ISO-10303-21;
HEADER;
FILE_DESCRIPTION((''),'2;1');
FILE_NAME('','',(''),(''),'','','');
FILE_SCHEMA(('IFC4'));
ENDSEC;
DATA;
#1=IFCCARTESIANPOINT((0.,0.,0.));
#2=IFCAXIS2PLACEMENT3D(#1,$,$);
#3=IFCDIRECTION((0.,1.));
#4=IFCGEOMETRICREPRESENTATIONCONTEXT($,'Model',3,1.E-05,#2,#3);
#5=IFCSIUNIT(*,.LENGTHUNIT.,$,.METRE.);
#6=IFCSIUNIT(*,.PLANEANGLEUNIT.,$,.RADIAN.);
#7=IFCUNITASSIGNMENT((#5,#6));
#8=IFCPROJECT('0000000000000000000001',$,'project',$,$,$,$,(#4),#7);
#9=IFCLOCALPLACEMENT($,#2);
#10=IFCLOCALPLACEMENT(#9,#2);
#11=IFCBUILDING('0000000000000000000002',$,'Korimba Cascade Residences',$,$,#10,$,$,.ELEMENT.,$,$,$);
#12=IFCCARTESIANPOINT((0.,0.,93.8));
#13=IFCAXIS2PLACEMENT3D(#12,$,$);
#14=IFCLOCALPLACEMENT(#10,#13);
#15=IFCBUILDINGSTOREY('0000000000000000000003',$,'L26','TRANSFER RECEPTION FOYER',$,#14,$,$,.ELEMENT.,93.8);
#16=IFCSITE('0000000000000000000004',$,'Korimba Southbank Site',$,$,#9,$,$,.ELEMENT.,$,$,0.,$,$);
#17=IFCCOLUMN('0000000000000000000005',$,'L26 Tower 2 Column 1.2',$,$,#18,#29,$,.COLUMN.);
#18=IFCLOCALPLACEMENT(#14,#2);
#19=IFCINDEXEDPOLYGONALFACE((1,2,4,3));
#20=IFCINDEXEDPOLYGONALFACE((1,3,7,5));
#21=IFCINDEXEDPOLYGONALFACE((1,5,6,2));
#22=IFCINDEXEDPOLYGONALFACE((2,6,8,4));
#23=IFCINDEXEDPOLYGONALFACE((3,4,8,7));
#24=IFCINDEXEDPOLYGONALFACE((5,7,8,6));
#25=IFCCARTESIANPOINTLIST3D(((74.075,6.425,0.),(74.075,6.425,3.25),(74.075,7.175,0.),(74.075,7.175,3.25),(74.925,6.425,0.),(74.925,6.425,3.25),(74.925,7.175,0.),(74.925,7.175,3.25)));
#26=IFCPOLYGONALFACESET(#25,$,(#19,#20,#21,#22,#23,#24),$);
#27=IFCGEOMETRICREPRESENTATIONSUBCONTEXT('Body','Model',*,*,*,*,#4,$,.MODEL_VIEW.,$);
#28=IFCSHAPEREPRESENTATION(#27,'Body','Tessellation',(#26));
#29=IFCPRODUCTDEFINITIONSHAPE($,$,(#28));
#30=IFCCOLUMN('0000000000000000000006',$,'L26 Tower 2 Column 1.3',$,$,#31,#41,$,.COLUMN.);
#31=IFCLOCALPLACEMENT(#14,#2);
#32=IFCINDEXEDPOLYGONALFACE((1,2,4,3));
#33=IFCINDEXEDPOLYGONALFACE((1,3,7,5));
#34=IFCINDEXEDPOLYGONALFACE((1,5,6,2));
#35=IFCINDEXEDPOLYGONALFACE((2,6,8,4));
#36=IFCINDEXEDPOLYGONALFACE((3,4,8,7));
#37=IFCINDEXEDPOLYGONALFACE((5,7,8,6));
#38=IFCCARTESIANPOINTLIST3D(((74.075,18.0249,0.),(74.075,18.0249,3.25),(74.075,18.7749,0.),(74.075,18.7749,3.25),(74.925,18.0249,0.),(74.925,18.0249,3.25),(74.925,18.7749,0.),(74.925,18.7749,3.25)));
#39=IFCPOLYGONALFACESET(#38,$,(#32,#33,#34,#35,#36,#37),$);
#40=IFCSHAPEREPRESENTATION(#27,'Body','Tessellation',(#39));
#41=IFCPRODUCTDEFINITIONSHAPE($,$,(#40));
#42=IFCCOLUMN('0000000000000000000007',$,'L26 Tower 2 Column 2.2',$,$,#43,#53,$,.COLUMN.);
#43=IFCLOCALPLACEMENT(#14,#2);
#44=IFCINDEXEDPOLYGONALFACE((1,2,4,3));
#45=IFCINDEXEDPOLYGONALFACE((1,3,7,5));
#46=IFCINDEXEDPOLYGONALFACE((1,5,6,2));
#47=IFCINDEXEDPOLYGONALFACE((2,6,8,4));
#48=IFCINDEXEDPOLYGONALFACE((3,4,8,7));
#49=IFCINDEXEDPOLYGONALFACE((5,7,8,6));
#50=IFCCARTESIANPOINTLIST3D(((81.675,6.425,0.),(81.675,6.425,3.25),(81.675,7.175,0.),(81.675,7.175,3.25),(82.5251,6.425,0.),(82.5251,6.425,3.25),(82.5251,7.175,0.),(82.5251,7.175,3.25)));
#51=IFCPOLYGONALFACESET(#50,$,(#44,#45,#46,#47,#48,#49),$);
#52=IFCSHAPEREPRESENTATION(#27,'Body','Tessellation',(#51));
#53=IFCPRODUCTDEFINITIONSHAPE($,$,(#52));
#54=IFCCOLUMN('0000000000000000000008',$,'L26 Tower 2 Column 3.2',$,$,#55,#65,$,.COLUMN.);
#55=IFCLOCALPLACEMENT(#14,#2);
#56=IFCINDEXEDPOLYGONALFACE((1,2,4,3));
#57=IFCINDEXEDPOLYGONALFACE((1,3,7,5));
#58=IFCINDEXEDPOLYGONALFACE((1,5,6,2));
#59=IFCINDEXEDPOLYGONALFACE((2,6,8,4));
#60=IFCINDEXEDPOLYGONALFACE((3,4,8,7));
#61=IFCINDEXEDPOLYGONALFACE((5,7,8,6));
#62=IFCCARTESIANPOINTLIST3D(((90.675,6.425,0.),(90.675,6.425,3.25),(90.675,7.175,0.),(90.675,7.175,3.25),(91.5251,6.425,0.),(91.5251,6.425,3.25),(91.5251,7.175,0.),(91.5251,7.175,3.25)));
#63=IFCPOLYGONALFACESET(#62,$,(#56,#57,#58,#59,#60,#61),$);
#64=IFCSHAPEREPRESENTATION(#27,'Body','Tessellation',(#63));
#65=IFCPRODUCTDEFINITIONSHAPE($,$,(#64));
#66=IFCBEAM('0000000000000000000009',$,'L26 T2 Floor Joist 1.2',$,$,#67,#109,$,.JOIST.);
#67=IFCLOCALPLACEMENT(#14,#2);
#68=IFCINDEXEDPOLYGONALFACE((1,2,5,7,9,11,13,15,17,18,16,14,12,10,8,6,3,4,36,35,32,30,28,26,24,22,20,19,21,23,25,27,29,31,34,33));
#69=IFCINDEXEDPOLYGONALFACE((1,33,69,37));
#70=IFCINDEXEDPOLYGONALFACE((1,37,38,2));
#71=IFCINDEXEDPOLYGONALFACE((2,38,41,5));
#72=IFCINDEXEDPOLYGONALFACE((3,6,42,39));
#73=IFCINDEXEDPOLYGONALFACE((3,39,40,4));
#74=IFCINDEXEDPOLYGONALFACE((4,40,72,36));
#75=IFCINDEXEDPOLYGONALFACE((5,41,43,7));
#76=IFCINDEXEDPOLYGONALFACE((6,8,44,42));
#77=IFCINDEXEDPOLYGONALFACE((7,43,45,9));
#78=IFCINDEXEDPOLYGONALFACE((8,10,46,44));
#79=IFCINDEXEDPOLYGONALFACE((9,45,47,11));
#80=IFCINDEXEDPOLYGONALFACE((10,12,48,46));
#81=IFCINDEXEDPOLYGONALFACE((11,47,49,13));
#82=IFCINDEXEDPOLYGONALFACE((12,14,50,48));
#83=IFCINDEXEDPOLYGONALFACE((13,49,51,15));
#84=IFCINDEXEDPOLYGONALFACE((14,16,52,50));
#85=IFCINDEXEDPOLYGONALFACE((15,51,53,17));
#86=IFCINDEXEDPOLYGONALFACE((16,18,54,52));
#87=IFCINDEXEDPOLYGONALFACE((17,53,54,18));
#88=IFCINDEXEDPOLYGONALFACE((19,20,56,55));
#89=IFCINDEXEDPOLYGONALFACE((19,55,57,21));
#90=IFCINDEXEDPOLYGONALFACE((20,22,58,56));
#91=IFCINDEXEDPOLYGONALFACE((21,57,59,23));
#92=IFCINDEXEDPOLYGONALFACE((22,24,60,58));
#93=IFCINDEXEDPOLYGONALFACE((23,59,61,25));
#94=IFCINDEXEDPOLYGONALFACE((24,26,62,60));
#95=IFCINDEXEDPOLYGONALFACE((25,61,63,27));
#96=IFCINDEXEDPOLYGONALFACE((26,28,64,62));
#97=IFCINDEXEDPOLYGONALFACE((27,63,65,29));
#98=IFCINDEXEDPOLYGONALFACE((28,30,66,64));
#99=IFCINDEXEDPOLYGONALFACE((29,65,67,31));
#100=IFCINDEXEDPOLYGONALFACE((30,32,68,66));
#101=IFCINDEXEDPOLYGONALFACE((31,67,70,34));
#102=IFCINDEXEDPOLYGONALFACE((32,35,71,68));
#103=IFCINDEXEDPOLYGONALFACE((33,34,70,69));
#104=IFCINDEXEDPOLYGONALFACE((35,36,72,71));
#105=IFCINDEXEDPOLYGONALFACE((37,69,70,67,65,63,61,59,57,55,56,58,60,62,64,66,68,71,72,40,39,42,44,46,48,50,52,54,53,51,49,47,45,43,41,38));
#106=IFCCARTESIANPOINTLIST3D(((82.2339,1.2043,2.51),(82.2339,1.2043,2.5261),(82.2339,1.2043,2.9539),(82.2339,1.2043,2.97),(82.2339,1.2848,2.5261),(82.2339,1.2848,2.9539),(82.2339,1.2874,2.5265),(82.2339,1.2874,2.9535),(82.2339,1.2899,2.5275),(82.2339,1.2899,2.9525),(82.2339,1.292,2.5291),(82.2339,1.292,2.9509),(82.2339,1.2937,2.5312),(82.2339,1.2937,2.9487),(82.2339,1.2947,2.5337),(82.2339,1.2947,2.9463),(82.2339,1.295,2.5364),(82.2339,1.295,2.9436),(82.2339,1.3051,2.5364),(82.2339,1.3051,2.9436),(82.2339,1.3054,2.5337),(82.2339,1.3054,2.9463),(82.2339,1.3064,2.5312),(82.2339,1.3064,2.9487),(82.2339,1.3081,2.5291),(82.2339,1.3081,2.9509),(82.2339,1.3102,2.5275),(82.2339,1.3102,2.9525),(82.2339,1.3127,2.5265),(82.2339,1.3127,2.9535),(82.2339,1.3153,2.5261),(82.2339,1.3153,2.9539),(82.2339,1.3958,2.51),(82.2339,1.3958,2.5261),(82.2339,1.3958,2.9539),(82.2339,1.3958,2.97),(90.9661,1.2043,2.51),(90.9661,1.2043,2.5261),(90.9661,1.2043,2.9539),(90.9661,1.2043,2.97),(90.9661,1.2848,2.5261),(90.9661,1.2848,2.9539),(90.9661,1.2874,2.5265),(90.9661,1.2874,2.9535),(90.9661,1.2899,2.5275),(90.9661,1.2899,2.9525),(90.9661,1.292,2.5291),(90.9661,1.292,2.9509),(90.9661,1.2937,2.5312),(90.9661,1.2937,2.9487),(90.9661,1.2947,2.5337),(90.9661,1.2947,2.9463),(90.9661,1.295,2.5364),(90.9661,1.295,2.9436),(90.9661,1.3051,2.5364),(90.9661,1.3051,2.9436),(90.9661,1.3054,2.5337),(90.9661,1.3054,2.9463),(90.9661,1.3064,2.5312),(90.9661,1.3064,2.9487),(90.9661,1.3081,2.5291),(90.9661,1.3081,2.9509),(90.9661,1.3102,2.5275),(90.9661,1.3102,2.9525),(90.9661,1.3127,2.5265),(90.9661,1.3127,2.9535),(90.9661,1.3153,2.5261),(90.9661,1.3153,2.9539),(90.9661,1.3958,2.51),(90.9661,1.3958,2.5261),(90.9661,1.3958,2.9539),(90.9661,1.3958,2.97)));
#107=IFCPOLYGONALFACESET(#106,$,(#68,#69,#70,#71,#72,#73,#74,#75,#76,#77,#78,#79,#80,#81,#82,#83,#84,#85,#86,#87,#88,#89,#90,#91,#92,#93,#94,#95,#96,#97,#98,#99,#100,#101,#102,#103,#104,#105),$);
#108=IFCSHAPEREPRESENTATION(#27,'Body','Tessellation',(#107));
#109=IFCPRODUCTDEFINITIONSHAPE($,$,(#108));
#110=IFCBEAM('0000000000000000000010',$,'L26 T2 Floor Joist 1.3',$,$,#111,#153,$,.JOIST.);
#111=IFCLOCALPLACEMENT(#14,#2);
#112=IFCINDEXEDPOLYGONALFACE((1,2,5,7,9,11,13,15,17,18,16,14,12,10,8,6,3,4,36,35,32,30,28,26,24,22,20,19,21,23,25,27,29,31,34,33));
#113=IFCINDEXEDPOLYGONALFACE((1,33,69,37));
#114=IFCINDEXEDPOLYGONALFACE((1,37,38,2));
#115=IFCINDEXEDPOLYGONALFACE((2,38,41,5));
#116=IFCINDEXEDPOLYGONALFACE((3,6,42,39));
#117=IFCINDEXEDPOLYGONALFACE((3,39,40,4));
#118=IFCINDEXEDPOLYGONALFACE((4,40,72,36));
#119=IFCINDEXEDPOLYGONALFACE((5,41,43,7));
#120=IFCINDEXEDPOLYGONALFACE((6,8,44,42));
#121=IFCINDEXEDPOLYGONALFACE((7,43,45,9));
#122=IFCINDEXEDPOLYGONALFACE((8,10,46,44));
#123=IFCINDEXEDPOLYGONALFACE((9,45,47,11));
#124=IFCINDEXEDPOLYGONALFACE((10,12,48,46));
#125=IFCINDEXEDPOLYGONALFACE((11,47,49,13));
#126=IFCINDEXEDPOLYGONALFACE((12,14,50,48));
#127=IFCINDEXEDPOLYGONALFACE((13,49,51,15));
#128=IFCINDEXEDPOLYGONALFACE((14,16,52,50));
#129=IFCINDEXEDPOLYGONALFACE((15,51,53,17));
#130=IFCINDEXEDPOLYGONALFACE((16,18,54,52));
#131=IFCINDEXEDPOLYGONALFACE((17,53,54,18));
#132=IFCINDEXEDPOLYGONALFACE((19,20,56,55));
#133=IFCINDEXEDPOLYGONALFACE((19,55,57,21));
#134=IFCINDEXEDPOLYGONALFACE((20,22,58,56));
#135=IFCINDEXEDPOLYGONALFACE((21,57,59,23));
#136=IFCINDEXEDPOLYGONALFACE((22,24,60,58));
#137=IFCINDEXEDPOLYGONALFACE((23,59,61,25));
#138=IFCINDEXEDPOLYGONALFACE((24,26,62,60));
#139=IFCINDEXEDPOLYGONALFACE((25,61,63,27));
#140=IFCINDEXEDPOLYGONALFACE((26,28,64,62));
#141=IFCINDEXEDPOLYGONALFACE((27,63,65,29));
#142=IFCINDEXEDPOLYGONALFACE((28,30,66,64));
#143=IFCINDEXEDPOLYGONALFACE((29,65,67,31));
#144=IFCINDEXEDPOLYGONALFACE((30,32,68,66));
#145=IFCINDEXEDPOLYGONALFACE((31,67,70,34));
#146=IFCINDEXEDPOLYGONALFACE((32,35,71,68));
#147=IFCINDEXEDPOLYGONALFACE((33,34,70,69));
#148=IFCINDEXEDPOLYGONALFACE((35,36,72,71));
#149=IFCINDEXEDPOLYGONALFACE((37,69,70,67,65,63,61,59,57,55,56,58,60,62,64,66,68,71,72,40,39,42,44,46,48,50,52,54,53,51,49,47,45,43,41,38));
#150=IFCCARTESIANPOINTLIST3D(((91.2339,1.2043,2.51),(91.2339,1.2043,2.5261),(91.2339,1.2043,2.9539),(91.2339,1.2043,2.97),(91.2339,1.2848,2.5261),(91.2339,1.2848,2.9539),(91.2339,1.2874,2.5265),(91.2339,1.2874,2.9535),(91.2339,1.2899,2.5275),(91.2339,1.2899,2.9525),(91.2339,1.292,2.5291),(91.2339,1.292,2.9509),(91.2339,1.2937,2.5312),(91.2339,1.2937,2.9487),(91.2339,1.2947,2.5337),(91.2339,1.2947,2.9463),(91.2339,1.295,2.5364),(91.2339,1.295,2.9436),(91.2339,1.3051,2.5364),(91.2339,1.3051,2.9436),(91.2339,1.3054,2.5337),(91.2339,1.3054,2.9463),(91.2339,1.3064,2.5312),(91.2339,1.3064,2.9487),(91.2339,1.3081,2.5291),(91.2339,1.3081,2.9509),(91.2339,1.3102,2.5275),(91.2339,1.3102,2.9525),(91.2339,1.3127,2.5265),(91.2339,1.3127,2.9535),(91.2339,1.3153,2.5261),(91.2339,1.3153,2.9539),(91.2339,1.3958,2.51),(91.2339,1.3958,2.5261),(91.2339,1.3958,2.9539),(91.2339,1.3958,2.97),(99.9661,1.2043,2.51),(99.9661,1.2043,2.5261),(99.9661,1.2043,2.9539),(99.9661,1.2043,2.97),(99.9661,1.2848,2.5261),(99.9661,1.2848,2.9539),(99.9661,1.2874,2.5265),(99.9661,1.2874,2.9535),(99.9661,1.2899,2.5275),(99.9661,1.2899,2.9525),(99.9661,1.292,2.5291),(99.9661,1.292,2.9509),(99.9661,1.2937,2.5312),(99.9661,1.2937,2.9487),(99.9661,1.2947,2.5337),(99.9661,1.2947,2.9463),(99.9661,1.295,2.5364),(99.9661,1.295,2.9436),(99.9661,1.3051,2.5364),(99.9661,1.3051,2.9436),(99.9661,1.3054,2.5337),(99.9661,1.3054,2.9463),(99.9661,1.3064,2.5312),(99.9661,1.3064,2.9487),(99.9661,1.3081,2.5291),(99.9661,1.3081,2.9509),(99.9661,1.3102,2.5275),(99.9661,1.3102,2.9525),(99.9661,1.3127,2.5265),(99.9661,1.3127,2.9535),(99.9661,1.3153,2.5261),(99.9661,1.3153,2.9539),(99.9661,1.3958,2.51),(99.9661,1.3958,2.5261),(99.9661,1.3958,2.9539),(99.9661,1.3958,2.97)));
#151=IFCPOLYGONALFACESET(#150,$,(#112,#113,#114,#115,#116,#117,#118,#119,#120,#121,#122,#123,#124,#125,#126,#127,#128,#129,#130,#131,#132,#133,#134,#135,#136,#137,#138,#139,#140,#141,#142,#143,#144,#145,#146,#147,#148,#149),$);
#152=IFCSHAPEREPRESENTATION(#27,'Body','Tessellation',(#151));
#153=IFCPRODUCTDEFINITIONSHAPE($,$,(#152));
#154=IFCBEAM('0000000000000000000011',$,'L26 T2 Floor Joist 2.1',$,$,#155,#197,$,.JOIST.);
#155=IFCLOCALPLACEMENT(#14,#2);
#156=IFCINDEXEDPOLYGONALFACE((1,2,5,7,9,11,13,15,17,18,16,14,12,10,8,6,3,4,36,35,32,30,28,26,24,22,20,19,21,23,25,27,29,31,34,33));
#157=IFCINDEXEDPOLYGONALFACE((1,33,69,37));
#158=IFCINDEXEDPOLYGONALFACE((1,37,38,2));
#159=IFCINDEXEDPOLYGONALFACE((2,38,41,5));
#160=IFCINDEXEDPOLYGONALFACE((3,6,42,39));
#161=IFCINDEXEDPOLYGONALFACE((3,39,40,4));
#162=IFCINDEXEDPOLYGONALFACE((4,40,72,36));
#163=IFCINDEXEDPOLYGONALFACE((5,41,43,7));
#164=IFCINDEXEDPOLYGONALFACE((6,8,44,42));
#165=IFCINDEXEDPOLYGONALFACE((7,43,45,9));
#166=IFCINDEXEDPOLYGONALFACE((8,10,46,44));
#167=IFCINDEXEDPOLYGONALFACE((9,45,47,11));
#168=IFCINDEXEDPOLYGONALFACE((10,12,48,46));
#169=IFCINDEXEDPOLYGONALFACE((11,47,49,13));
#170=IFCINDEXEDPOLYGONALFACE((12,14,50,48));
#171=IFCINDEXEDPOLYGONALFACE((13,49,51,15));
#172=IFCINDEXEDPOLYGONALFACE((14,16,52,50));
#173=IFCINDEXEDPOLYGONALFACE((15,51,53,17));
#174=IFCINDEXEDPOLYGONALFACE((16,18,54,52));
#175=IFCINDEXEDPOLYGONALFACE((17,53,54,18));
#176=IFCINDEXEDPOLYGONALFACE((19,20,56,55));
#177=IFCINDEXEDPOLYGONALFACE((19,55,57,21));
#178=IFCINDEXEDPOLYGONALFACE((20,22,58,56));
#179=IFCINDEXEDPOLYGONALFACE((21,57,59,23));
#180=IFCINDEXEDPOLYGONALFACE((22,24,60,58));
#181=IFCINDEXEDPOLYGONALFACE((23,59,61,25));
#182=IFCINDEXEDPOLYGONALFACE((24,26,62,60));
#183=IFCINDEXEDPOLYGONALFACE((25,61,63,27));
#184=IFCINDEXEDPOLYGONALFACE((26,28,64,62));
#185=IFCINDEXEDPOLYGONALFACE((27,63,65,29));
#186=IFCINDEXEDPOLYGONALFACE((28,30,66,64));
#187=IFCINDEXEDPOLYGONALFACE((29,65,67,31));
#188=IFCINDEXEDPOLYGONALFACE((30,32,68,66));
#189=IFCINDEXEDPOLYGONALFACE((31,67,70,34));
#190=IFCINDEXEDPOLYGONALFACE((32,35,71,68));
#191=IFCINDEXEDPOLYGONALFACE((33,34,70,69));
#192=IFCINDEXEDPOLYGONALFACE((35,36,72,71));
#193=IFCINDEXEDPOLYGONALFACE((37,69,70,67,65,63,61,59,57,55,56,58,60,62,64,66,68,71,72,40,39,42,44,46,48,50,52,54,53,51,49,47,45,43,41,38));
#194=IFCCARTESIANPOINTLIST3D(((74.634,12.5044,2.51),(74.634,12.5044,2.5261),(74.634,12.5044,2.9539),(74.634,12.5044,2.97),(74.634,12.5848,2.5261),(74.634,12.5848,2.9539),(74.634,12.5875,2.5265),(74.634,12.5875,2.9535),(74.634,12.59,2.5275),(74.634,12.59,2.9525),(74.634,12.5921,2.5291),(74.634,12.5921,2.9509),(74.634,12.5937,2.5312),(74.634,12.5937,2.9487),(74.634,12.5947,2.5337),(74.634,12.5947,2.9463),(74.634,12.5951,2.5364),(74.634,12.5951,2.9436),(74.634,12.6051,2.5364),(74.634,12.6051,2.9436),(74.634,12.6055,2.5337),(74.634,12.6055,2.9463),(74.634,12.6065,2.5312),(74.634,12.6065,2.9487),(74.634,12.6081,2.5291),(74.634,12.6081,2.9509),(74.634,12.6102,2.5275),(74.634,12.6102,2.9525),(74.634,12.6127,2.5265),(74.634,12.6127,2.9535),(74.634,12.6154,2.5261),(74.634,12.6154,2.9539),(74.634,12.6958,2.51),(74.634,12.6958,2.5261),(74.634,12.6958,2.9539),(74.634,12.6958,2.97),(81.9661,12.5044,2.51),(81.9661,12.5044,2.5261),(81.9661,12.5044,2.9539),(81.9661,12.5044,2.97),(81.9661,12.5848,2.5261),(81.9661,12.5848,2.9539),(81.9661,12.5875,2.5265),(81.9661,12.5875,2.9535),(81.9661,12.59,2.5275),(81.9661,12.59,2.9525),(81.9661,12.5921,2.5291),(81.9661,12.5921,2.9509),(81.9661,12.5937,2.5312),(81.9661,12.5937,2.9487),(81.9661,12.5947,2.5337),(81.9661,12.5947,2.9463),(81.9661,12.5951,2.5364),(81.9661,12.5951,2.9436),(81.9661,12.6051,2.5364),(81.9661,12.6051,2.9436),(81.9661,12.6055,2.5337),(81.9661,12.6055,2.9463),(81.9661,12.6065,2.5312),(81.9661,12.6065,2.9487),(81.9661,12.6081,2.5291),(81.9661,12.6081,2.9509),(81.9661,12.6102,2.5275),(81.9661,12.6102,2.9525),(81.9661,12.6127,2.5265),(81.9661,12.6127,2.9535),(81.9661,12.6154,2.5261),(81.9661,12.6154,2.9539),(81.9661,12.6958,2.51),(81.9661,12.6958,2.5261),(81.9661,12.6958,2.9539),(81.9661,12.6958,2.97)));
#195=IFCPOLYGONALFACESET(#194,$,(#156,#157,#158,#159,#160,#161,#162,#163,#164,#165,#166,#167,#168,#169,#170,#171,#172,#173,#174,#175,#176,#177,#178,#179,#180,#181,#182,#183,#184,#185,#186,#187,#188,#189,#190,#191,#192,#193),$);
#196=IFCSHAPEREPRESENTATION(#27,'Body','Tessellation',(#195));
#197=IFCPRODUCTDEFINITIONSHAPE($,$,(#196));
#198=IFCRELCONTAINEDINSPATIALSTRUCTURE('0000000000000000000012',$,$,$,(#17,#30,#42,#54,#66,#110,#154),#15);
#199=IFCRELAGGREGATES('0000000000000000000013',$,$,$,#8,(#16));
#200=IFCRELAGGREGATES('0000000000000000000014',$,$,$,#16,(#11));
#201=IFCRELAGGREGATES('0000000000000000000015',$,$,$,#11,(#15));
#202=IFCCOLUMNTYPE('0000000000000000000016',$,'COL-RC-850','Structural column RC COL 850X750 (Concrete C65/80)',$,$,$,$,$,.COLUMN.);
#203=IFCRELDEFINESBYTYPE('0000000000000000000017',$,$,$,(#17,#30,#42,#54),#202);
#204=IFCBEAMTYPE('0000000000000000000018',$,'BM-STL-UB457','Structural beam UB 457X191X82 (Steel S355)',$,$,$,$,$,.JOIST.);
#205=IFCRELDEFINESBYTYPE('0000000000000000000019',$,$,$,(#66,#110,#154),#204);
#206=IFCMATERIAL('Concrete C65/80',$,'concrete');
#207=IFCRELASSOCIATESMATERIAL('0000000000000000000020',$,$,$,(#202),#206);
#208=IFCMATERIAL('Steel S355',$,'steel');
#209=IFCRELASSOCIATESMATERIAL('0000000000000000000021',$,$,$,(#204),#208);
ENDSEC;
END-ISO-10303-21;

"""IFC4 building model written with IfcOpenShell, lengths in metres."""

from ifc_helpers import new_model, si_unit, direction, frame, origin, origin_2d, place, context, subcontext, project, spatial, rectangle, i_section, extrude, material, material_profile, profile_set, type_object, element, save


model = new_model("IFC4")

# Units and contexts
model_context = context("Model", 3, precision=1e-05, world=origin(), true_north=direction((0.0, 1.0)))
body_context = subcontext(model_context, "Body", "Model", "MODEL_VIEW")
ifc_project = project(units=[si_unit("LENGTHUNIT", "METRE"), si_unit("PLANEANGLEUNIT", "RADIAN")], contexts=[model_context])

# Site, building, storey
site_placement = place(None, origin())
site = spatial("IfcSite", under=ifc_project, at=site_placement, Name="Korimba Southbank Site", CompositionType="ELEMENT", RefElevation=0.0)
building_placement = place(site_placement, origin())
building = spatial("IfcBuilding", under=site, at=building_placement, Name="Korimba Cascade Residences", CompositionType="ELEMENT")
storey_placement = place(building_placement, frame((0.0, 0.0, 93.8)))
storey = spatial("IfcBuildingStorey", under=building, at=storey_placement, Name="L26", Description="TRANSFER RECEPTION FOYER", CompositionType="ELEMENT", Elevation=93.8)

# Columns
ifc_material_1 = material(Name="Concrete C65/80", Category="concrete")
ifc_material_profile_1 = material_profile(ifc_material_1, rectangle(XDim=0.8501, YDim=0.75, at=origin_2d()), Name="Concrete C65/80")
ifc_profile_set_1 = profile_set([ifc_material_profile_1], Name="Concrete C65/80")
column_type = type_object("IfcColumnType", Name="COL-RC-850", Description="Structural column RC COL 850X750 (Concrete C65/80)", PredefinedType="COLUMN", material=ifc_profile_set_1)
for number, where, z_axis, x_axis, name in (
    (1, (74.5, 6.8, 0.0), (0.0, 0.0, 1.0), (1.0, 0.0, 0.0), "L26 Tower 2 Column 1.2"),
    (2, (74.5, 18.3999, 0.0), (0.0, 0.0, 1.0), (1.0, 0.0, 0.0), "L26 Tower 2 Column 1.3"),
    (3, (82.1001, 6.8, 0.0), (0.0, 0.0, 1.0), (1.0, 0.0, 0.0), "L26 Tower 2 Column 2.2"),
    (4, (91.1001, 6.8, 0.0), (0.0, 0.0, 1.0), (1.0, 0.0, 0.0), "L26 Tower 2 Column 3.2"),
):
    element("IfcColumn", number, at=place(storey_placement, frame(where, z_axis=z_axis, x_axis=x_axis)), inside=storey, type_object=column_type, Name=name, PredefinedType="COLUMN", context=body_context, shape_type="SweptSolid", body=[
        extrude(rectangle(XDim=0.8501, YDim=0.75, at=origin_2d()), origin(), (0.0, 0.0, 1.0), 3.25),
    ])

# Beams
ifc_material_2 = material(Name="Steel S355", Category="steel")
ifc_material_profile_2 = material_profile(ifc_material_2, i_section(OverallWidth=0.1914, OverallDepth=0.46, WebThickness=0.01, FlangeThickness=0.0161, FilletRadius=0.0103, at=origin_2d()), Name="Steel S355")
ifc_profile_set_2 = profile_set([ifc_material_profile_2], Name="Steel S355")
beam_type_1 = type_object("IfcBeamType", Name="BM-STL-UB457", Description="Structural beam UB 457X191X82 (Steel S355)", PredefinedType="JOIST", material=ifc_profile_set_2)
for number, where, z_axis, x_axis, name in (
    (5, (82.2339, 1.3, 2.74), (1.0, 0.0, 0.0), (0.0, 1.0, 0.0), "L26 T2 Floor Joist 1.2"),
    (6, (91.2339, 1.3, 2.74), (1.0, 0.0, 0.0), (0.0, 1.0, 0.0), "L26 T2 Floor Joist 1.3"),
):
    element("IfcBeam", number, at=place(storey_placement, frame(where, z_axis=z_axis, x_axis=x_axis)), inside=storey, type_object=beam_type_1, Name=name, PredefinedType="JOIST", context=body_context, shape_type="SweptSolid", body=[
        extrude(i_section(OverallWidth=0.1914, OverallDepth=0.46, WebThickness=0.01, FlangeThickness=0.0161, FilletRadius=0.0103, at=origin_2d()), origin(), (0.0, 0.0, 1.0), 8.7322),
    ])
beam_1_placement = place(storey_placement, frame((74.634, 12.6001, 2.74), z_axis=(1.0, 0.0, 0.0), x_axis=(0.0, 1.0, 0.0)))
element("IfcBeam", 7, at=beam_1_placement, inside=storey, type_object=beam_type_1, Name="L26 T2 Floor Joist 2.1", PredefinedType="JOIST", context=body_context, shape_type="SweptSolid", body=[
    extrude(i_section(OverallWidth=0.1914, OverallDepth=0.46, WebThickness=0.01, FlangeThickness=0.0161, FilletRadius=0.0103, at=origin_2d()), origin(), (0.0, 0.0, 1.0), 7.332),
])

save(model, "model.ifc")
